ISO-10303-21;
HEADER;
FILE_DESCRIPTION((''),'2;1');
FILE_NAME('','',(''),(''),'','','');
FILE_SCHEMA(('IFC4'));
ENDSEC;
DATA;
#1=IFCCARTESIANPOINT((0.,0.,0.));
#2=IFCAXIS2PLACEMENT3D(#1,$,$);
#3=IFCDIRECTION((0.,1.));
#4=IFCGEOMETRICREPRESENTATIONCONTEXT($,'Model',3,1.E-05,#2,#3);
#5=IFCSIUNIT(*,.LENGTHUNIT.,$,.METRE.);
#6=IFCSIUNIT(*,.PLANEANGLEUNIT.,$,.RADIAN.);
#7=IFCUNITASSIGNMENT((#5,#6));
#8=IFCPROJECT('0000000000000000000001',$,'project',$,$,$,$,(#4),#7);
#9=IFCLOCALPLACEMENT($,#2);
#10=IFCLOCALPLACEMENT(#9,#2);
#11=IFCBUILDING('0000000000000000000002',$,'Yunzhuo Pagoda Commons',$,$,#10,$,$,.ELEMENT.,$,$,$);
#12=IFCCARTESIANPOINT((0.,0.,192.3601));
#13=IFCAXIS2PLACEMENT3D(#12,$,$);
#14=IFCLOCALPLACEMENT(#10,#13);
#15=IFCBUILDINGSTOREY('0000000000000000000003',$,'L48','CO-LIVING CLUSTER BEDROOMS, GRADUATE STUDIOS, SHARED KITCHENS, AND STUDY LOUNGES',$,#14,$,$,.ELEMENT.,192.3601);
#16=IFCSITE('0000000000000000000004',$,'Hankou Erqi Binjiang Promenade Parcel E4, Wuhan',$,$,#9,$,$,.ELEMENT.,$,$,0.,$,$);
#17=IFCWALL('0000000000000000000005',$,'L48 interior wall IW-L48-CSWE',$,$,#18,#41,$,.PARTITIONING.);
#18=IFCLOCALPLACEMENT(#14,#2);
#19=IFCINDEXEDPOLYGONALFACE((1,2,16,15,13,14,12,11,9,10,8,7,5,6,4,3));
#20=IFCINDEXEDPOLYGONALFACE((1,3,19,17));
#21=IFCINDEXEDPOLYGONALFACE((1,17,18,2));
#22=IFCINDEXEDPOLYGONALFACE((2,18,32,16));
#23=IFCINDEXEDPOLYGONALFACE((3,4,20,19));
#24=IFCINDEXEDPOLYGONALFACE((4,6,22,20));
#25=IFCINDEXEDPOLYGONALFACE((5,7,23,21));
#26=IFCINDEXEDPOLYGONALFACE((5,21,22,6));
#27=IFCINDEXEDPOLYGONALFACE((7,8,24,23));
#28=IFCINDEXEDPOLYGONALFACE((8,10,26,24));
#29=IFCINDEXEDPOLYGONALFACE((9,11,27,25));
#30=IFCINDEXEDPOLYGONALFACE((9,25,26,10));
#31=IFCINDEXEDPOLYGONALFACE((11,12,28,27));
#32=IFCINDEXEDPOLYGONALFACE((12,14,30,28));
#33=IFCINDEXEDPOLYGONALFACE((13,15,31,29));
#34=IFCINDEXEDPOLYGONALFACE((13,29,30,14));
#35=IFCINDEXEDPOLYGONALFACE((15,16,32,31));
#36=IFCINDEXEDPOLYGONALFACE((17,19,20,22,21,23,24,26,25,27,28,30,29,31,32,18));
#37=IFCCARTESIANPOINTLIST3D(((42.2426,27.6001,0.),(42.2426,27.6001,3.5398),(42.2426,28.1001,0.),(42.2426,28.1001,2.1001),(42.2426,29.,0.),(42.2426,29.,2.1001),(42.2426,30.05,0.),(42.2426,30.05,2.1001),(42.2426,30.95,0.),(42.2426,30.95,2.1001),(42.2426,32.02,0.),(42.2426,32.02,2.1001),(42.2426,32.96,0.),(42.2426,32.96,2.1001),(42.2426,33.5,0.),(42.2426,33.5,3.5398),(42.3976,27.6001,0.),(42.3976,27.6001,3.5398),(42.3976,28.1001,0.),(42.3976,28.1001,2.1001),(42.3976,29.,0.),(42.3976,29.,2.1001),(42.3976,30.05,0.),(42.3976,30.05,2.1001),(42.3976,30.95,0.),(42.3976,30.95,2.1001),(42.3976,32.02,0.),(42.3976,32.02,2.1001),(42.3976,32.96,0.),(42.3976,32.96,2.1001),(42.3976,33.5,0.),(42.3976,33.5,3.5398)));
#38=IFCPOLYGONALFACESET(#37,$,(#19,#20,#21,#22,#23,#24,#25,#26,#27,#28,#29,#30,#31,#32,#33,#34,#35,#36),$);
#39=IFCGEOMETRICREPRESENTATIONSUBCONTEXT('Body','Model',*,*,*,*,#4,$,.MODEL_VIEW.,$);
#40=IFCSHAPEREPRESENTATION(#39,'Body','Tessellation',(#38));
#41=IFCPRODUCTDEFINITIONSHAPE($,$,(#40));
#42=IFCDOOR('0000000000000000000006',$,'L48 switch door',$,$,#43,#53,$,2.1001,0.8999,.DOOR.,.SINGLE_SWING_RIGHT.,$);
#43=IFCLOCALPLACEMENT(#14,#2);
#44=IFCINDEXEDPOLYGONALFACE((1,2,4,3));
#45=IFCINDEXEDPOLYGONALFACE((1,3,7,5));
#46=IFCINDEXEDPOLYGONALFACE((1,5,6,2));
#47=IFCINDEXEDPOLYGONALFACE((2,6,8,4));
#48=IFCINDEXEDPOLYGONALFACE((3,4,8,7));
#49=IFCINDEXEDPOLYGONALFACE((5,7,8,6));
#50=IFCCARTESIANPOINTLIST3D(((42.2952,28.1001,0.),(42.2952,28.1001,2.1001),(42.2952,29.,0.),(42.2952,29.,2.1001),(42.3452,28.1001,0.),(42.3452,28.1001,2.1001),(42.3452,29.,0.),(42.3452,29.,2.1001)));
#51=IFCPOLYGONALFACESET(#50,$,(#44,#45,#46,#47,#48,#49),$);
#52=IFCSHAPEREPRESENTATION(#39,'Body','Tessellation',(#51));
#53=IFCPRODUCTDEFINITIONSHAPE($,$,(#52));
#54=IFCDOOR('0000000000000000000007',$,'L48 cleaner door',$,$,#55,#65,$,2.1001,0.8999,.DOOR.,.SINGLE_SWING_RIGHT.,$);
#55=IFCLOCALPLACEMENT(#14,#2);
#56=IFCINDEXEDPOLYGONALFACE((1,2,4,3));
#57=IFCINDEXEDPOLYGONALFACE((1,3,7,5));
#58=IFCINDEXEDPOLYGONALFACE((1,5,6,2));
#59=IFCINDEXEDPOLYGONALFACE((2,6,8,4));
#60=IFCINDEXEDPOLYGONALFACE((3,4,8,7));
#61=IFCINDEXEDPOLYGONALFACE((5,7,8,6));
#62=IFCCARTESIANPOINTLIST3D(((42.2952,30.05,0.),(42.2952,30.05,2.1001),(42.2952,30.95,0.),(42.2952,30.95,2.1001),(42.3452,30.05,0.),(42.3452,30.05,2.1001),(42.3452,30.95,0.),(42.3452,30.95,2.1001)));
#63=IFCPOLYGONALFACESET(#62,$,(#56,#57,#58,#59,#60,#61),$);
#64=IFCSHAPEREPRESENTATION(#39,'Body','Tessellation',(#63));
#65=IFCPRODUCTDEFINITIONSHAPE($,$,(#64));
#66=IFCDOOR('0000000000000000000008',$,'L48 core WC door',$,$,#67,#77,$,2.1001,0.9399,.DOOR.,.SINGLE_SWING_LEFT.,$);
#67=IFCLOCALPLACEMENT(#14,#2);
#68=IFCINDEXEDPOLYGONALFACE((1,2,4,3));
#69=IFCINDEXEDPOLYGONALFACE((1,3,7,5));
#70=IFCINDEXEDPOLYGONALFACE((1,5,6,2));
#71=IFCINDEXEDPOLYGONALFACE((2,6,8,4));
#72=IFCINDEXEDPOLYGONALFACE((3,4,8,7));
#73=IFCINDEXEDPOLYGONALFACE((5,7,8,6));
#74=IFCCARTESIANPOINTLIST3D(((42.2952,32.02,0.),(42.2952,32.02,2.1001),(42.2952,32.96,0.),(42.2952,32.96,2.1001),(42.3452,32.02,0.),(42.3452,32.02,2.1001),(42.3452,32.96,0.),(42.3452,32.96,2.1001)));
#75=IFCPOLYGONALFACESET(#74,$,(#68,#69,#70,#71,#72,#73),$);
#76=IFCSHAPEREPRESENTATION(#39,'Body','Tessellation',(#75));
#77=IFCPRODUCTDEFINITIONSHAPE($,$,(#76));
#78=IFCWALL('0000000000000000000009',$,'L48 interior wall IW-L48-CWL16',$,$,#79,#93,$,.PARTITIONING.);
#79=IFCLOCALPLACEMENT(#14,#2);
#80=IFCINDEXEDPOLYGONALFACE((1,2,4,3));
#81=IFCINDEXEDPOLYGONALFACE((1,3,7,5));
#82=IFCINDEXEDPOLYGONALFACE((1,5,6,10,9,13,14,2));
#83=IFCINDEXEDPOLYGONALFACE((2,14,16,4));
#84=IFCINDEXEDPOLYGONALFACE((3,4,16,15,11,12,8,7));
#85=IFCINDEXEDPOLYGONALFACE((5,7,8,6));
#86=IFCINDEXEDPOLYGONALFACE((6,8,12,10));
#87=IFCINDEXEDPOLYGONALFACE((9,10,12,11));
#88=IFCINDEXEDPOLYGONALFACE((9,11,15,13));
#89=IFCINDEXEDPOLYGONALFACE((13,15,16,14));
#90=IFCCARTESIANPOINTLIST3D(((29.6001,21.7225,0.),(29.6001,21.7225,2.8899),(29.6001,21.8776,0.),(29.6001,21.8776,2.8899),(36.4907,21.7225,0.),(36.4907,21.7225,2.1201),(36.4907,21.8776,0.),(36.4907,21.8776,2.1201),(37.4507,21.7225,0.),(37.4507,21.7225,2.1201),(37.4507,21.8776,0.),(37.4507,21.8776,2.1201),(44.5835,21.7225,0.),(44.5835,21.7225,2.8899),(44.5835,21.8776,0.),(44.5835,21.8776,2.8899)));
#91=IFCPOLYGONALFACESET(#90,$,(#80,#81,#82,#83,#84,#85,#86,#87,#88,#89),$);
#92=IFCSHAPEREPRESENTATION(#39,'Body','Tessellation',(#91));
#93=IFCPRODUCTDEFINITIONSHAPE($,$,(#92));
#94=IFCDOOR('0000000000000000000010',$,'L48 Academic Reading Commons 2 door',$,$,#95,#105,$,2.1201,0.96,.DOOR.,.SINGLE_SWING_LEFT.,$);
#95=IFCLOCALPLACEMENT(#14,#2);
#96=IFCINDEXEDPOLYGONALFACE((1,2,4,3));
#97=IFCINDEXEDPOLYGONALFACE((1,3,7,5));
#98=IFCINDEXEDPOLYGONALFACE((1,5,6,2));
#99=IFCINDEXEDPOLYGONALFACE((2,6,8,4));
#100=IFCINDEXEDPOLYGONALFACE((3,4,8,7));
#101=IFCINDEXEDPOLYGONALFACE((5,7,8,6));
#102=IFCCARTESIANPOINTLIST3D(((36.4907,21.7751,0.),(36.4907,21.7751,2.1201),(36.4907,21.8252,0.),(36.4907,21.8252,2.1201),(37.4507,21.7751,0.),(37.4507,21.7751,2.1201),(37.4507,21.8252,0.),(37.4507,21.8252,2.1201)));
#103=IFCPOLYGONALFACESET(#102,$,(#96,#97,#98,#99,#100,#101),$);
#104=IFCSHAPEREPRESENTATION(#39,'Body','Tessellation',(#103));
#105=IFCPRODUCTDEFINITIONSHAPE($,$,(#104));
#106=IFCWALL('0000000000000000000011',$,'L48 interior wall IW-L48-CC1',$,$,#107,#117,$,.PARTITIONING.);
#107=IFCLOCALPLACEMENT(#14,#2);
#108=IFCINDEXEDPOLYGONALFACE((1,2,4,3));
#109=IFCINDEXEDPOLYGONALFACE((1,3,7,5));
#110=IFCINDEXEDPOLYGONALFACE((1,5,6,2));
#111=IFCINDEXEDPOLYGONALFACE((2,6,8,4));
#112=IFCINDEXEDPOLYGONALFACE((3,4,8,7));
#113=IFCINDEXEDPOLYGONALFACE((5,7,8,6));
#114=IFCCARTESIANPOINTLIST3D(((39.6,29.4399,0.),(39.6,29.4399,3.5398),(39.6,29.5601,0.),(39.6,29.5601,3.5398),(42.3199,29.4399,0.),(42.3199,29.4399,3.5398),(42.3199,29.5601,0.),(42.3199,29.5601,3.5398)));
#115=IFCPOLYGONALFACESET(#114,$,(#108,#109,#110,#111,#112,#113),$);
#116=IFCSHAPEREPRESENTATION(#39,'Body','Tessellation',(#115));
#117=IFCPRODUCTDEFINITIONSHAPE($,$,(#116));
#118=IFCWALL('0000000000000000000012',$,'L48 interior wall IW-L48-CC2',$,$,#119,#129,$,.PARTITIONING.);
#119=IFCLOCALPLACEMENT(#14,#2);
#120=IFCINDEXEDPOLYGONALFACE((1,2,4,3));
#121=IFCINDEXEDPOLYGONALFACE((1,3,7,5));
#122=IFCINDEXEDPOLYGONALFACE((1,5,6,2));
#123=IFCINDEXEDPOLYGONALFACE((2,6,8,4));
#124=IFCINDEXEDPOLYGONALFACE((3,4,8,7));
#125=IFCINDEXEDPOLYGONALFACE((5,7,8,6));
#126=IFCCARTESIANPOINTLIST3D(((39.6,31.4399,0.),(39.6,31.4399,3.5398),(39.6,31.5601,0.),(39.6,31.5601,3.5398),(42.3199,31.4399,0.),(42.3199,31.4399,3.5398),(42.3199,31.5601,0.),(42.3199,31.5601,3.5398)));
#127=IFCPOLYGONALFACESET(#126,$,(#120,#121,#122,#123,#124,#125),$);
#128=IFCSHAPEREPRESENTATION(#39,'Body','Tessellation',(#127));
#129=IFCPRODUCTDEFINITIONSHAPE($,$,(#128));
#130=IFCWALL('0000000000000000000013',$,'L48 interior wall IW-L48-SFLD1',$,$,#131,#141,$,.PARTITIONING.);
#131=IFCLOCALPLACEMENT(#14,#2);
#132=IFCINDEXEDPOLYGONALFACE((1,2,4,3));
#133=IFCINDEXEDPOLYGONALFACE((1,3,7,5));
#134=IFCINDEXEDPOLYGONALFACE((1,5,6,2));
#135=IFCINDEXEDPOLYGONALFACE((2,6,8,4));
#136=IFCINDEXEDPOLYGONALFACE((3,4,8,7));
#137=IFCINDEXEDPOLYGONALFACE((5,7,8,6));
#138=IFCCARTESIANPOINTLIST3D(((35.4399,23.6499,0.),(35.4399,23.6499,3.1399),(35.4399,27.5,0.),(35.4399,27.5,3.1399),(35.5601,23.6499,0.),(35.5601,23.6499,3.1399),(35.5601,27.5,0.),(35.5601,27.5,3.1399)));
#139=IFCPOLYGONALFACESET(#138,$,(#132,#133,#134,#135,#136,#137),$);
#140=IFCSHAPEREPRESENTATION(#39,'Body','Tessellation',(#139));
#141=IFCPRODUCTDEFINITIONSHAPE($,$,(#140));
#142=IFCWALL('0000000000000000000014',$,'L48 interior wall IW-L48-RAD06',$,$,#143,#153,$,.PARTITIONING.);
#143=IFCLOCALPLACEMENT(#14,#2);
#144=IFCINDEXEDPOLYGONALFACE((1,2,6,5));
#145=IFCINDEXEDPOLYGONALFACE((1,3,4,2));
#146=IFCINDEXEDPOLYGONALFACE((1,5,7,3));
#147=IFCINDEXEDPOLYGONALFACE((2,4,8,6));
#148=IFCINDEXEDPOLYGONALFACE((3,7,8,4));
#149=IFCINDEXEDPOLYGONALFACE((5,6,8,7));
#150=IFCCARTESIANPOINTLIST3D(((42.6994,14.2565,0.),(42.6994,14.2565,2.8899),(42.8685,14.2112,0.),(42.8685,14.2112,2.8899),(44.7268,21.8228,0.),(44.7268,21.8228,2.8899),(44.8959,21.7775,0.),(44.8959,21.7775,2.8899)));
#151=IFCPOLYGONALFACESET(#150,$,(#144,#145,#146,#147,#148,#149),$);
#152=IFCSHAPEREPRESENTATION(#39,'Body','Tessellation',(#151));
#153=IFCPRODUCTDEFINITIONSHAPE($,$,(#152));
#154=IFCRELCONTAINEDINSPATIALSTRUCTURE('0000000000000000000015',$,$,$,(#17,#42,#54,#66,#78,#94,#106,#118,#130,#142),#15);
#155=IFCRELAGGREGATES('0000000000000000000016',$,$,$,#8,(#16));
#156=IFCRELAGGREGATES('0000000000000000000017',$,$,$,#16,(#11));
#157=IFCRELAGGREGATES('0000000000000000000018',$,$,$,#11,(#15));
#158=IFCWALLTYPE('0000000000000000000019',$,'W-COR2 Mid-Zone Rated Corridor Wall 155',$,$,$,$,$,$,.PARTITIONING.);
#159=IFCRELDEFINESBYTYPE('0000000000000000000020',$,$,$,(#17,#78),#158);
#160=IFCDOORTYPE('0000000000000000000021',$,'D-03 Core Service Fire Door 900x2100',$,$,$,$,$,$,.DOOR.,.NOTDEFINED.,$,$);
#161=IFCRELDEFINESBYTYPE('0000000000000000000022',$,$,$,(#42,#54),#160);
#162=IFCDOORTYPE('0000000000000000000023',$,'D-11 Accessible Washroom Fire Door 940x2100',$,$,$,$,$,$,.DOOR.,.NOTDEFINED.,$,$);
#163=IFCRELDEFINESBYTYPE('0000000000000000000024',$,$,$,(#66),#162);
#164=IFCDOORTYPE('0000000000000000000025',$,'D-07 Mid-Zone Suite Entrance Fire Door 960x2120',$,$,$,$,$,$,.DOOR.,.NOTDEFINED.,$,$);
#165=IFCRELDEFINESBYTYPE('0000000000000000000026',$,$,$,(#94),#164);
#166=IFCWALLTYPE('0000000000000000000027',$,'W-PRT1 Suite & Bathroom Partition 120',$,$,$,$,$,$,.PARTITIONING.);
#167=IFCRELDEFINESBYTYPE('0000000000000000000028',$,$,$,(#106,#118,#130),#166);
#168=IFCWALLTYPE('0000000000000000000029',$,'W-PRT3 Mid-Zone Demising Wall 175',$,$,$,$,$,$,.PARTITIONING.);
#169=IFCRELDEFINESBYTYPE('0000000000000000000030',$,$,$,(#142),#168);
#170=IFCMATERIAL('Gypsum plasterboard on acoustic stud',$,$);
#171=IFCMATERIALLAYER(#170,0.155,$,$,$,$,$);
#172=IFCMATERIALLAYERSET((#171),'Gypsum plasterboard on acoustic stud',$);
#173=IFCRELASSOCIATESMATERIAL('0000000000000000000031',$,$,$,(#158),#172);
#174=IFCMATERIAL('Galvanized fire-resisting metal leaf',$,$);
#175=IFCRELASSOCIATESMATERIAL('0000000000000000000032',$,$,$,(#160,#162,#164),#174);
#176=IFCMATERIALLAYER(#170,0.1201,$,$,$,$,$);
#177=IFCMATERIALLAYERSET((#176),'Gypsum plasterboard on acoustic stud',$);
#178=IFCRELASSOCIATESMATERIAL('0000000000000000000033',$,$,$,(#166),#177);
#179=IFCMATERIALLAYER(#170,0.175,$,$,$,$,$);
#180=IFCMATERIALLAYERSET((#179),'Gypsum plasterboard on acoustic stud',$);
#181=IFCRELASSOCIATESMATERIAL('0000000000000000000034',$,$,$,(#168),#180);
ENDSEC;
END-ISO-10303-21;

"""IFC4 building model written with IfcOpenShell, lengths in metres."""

from ifc_helpers import new_model, si_unit, direction, frame, frame_2d, origin, origin_with_axes, place, context, subcontext, project, spatial, rectangle, extrude, source, transform, mapped, material, layer, layer_set, type_object, element, fill, save


model = new_model("IFC4")

# Units and contexts
model_context = context("Model", 3, precision=1e-05, world=origin(), true_north=direction((0.0, 1.0)))
body_context = subcontext(model_context, "Body", "Model", "MODEL_VIEW")
ifc_project = project(units=[si_unit("LENGTHUNIT", "METRE"), si_unit("PLANEANGLEUNIT", "RADIAN")], contexts=[model_context])

# Site, building, storey
site_placement = place(None, origin())
site = spatial("IfcSite", under=ifc_project, at=site_placement, Name="Hankou Erqi Binjiang Promenade Parcel E4, Wuhan", CompositionType="ELEMENT", RefElevation=0.0)
building_placement = place(site_placement, origin())
building = spatial("IfcBuilding", under=site, at=building_placement, Name="Yunzhuo Pagoda Commons", CompositionType="ELEMENT")
storey_placement = place(building_placement, frame((0.0, 0.0, 192.3601)))
storey = spatial("IfcBuildingStorey", under=building, at=storey_placement, Name="L48", Description="CO-LIVING CLUSTER BEDROOMS, GRADUATE STUDIOS, SHARED KITCHENS, AND STUDY LOUNGES", CompositionType="ELEMENT", Elevation=192.3601)

# Wall, openings, doors
ifc_material_1 = material(Name="Gypsum plasterboard on acoustic stud")
ifc_layer_1 = layer(ifc_material_1, 0.155)
ifc_layer_set_1 = layer_set([ifc_layer_1], Name="Gypsum plasterboard on acoustic stud")
wall_type_1 = type_object("IfcWallType", Name="W-COR2 Mid-Zone Rated Corridor Wall 155", PredefinedType="PARTITIONING", material=ifc_layer_set_1)
wall_1_placement = place(storey_placement, frame((42.3201, 27.6001, 0.0), z_axis=(0.0, 0.0, 1.0), x_axis=(0.0, 1.0, 0.0)))
wall_1 = element("IfcWall", 1, at=wall_1_placement, inside=storey, type_object=wall_type_1, Name="L48 interior wall IW-L48-CSWE", PredefinedType="PARTITIONING", context=body_context, shape_type="SweptSolid", body=[
    extrude(rectangle(XDim=5.8999, YDim=0.155, at=frame_2d((2.95, 0.0))), origin(), (0.0, 0.0, 1.0), 3.5398),
])
opening_1_placement = place(wall_1_placement, frame((0.5, 0.0, 0.0)))
opening_1 = element("IfcOpeningElement", 2, at=opening_1_placement, cuts=wall_1, PredefinedType="OPENING", context=body_context, shape_type="SweptSolid", body=[
    extrude(rectangle(XDim=0.8999, YDim=2.1001, at=frame_2d((0.45, 1.05))), frame((0.0, 0.0874, 0.0), z_axis=(0.0, -1.0, 0.0), x_axis=(1.0, 0.0, 0.0)), (0.0, 0.0, 1.0), 0.175),
])
opening_2_placement = place(wall_1_placement, frame((2.45, 0.0, 0.0)))
opening_2 = element("IfcOpeningElement", 3, at=opening_2_placement, cuts=wall_1, PredefinedType="OPENING", context=body_context, shape_type="SweptSolid", body=[
    extrude(rectangle(XDim=0.8999, YDim=2.1001, at=frame_2d((0.45, 1.05))), frame((0.0, 0.0874, 0.0), z_axis=(0.0, -1.0, 0.0), x_axis=(1.0, 0.0, 0.0)), (0.0, 0.0, 1.0), 0.175),
])
opening_3_placement = place(wall_1_placement, frame((4.4199, 0.0, 0.0)))
opening_3 = element("IfcOpeningElement", 4, at=opening_3_placement, cuts=wall_1, PredefinedType="OPENING", context=body_context, shape_type="SweptSolid", body=[
    extrude(rectangle(XDim=0.9399, YDim=2.1001, at=frame_2d((0.47, 1.05))), frame((0.0, 0.0874, 0.0), z_axis=(0.0, -1.0, 0.0), x_axis=(1.0, 0.0, 0.0)), (0.0, 0.0, 1.0), 0.175),
])
ifc_material_2 = material(Name="Galvanized fire-resisting metal leaf")
door_type_1 = type_object("IfcDoorType", Name="D-03 Core Service Fire Door 900x2100", OperationType="NOTDEFINED", PredefinedType="DOOR", material=ifc_material_2)
shared_shape_1 = source(origin(), body_context, "Body", "SweptSolid", [
    extrude(rectangle(XDim=0.8999, YDim=2.1001, at=frame_2d((0.45, 1.05))), frame((0.0, 0.0249, 0.0), z_axis=(0.0, -1.0, 0.0), x_axis=(1.0, 0.0, 0.0)), (0.0, 0.0, 1.0), 0.05),
])
door_1_placement = place(opening_1_placement, origin_with_axes())
door_1 = element("IfcDoor", 5, at=door_1_placement, inside=storey, type_object=door_type_1, Name="L48 switch door", OperationType="SINGLE_SWING_RIGHT", OverallHeight=2.1001, OverallWidth=0.8999, PredefinedType="DOOR", context=body_context, shape_type="MappedRepresentation", body=[
    mapped(shared_shape_1, transform((0.0, 0.0, 0.0), scale=1.0)),
])
fill(opening_1, door_1)
door_2_placement = place(opening_2_placement, origin_with_axes())
door_2 = element("IfcDoor", 6, at=door_2_placement, inside=storey, type_object=door_type_1, Name="L48 cleaner door", OperationType="SINGLE_SWING_RIGHT", OverallHeight=2.1001, OverallWidth=0.8999, PredefinedType="DOOR", context=body_context, shape_type="MappedRepresentation", body=[
    mapped(shared_shape_1, transform((0.0, 0.0, 0.0), scale=1.0)),
])
fill(opening_2, door_2)
door_type_2 = type_object("IfcDoorType", Name="D-11 Accessible Washroom Fire Door 940x2100", OperationType="NOTDEFINED", PredefinedType="DOOR", material=ifc_material_2)
shared_shape_2 = source(origin(), body_context, "Body", "SweptSolid", [
    extrude(rectangle(XDim=0.9399, YDim=2.1001, at=frame_2d((0.47, 1.05))), frame((0.0, 0.0249, 0.0), z_axis=(0.0, -1.0, 0.0), x_axis=(1.0, 0.0, 0.0)), (0.0, 0.0, 1.0), 0.05),
])
door_3_placement = place(opening_3_placement, origin_with_axes())
door_3 = element("IfcDoor", 7, at=door_3_placement, inside=storey, type_object=door_type_2, Name="L48 core WC door", OperationType="SINGLE_SWING_LEFT", OverallHeight=2.1001, OverallWidth=0.9399, PredefinedType="DOOR", context=body_context, shape_type="MappedRepresentation", body=[
    mapped(shared_shape_2, transform((0.0, 0.0, 0.0), scale=1.0)),
])
fill(opening_3, door_3)

# Wall, opening, door
wall_2_placement = place(storey_placement, frame((44.5835, 21.8, 0.0), z_axis=(0.0, 0.0, 1.0), x_axis=(-1.0, 0.0, 0.0)))
wall_2 = element("IfcWall", 8, at=wall_2_placement, inside=storey, type_object=wall_type_1, Name="L48 interior wall IW-L48-CWL16", PredefinedType="PARTITIONING", context=body_context, shape_type="SweptSolid", body=[
    extrude(rectangle(XDim=14.9834, YDim=0.155, at=frame_2d((7.4917, 0.0))), origin(), (0.0, 0.0, 1.0), 2.8899),
])
opening_4_placement = place(wall_2_placement, frame((7.1328, 0.0, 0.0)))
opening_4 = element("IfcOpeningElement", 9, at=opening_4_placement, cuts=wall_2, PredefinedType="OPENING", context=body_context, shape_type="SweptSolid", body=[
    extrude(rectangle(XDim=0.96, YDim=2.1201, at=frame_2d((0.48, 1.0601))), frame((0.0, 0.0874, 0.0), z_axis=(0.0, -1.0, 0.0), x_axis=(1.0, 0.0, 0.0)), (0.0, 0.0, 1.0), 0.175),
])
door_type_3 = type_object("IfcDoorType", Name="D-07 Mid-Zone Suite Entrance Fire Door 960x2120", OperationType="NOTDEFINED", PredefinedType="DOOR", material=ifc_material_2)
shared_shape_3 = source(origin(), body_context, "Body", "SweptSolid", [
    extrude(rectangle(XDim=0.96, YDim=2.1201, at=frame_2d((0.48, 1.0601))), frame((0.0, 0.0249, 0.0), z_axis=(0.0, -1.0, 0.0), x_axis=(1.0, 0.0, 0.0)), (0.0, 0.0, 1.0), 0.05),
])
door_4_placement = place(opening_4_placement, origin_with_axes())
door_4 = element("IfcDoor", 10, at=door_4_placement, inside=storey, type_object=door_type_3, Name="L48 Academic Reading Commons 2 door", OperationType="SINGLE_SWING_LEFT", OverallHeight=2.1201, OverallWidth=0.96, PredefinedType="DOOR", context=body_context, shape_type="MappedRepresentation", body=[
    mapped(shared_shape_3, transform((0.0, 0.0, 0.0), scale=1.0)),
])
fill(opening_4, door_4)

# Walls
ifc_layer_2 = layer(ifc_material_1, 0.1201)
ifc_layer_set_2 = layer_set([ifc_layer_2], Name="Gypsum plasterboard on acoustic stud")
wall_type_2 = type_object("IfcWallType", Name="W-PRT1 Suite & Bathroom Partition 120", PredefinedType="PARTITIONING", material=ifc_layer_set_2)
for number, where, z_axis, x_axis, name in (
    (11, (39.6001, 29.5, 0.0), (0.0, 0.0, 1.0), (1.0, 0.0, 0.0), "L48 interior wall IW-L48-CC1"),
    (12, (39.6001, 31.5, 0.0), (0.0, 0.0, 1.0), (1.0, 0.0, 0.0), "L48 interior wall IW-L48-CC2"),
):
    element("IfcWall", number, at=place(storey_placement, frame(where, z_axis=z_axis, x_axis=x_axis)), inside=storey, type_object=wall_type_2, Name=name, PredefinedType="PARTITIONING", context=body_context, shape_type="SweptSolid", body=[
        extrude(rectangle(XDim=2.72, YDim=0.1201, at=frame_2d((1.3599, 0.0))), origin(), (0.0, 0.0, 1.0), 3.5398),
    ])
wall_3_placement = place(storey_placement, frame((35.5, 23.6499, 0.0), z_axis=(0.0, 0.0, 1.0), x_axis=(0.0, 1.0, 0.0)))
element("IfcWall", 13, at=wall_3_placement, inside=storey, type_object=wall_type_2, Name="L48 interior wall IW-L48-SFLD1", PredefinedType="PARTITIONING", context=body_context, shape_type="SweptSolid", body=[
    extrude(rectangle(XDim=3.8501, YDim=0.1201, at=frame_2d((1.925, 0.0))), origin(), (0.0, 0.0, 1.0), 3.1399),
])
ifc_layer_3 = layer(ifc_material_1, 0.175)
ifc_layer_set_3 = layer_set([ifc_layer_3], Name="Gypsum plasterboard on acoustic stud")
wall_type_3 = type_object("IfcWallType", Name="W-PRT3 Mid-Zone Demising Wall 175", PredefinedType="PARTITIONING", material=ifc_layer_set_3)
wall_4_placement = place(storey_placement, frame((44.8113, 21.8, 0.0), z_axis=(0.0, 0.0, 1.0), x_axis=(-0.258811, -0.965928, 0.0)))
element("IfcWall", 14, at=wall_4_placement, inside=storey, type_object=wall_type_3, Name="L48 interior wall IW-L48-RAD06", PredefinedType="PARTITIONING", context=body_context, shape_type="SweptSolid", body=[
    extrude(rectangle(XDim=7.8333, YDim=0.175, at=frame_2d((3.9165, 0.0))), origin(), (0.0, 0.0, 1.0), 2.8899),
])

save(model, "model.ifc")
